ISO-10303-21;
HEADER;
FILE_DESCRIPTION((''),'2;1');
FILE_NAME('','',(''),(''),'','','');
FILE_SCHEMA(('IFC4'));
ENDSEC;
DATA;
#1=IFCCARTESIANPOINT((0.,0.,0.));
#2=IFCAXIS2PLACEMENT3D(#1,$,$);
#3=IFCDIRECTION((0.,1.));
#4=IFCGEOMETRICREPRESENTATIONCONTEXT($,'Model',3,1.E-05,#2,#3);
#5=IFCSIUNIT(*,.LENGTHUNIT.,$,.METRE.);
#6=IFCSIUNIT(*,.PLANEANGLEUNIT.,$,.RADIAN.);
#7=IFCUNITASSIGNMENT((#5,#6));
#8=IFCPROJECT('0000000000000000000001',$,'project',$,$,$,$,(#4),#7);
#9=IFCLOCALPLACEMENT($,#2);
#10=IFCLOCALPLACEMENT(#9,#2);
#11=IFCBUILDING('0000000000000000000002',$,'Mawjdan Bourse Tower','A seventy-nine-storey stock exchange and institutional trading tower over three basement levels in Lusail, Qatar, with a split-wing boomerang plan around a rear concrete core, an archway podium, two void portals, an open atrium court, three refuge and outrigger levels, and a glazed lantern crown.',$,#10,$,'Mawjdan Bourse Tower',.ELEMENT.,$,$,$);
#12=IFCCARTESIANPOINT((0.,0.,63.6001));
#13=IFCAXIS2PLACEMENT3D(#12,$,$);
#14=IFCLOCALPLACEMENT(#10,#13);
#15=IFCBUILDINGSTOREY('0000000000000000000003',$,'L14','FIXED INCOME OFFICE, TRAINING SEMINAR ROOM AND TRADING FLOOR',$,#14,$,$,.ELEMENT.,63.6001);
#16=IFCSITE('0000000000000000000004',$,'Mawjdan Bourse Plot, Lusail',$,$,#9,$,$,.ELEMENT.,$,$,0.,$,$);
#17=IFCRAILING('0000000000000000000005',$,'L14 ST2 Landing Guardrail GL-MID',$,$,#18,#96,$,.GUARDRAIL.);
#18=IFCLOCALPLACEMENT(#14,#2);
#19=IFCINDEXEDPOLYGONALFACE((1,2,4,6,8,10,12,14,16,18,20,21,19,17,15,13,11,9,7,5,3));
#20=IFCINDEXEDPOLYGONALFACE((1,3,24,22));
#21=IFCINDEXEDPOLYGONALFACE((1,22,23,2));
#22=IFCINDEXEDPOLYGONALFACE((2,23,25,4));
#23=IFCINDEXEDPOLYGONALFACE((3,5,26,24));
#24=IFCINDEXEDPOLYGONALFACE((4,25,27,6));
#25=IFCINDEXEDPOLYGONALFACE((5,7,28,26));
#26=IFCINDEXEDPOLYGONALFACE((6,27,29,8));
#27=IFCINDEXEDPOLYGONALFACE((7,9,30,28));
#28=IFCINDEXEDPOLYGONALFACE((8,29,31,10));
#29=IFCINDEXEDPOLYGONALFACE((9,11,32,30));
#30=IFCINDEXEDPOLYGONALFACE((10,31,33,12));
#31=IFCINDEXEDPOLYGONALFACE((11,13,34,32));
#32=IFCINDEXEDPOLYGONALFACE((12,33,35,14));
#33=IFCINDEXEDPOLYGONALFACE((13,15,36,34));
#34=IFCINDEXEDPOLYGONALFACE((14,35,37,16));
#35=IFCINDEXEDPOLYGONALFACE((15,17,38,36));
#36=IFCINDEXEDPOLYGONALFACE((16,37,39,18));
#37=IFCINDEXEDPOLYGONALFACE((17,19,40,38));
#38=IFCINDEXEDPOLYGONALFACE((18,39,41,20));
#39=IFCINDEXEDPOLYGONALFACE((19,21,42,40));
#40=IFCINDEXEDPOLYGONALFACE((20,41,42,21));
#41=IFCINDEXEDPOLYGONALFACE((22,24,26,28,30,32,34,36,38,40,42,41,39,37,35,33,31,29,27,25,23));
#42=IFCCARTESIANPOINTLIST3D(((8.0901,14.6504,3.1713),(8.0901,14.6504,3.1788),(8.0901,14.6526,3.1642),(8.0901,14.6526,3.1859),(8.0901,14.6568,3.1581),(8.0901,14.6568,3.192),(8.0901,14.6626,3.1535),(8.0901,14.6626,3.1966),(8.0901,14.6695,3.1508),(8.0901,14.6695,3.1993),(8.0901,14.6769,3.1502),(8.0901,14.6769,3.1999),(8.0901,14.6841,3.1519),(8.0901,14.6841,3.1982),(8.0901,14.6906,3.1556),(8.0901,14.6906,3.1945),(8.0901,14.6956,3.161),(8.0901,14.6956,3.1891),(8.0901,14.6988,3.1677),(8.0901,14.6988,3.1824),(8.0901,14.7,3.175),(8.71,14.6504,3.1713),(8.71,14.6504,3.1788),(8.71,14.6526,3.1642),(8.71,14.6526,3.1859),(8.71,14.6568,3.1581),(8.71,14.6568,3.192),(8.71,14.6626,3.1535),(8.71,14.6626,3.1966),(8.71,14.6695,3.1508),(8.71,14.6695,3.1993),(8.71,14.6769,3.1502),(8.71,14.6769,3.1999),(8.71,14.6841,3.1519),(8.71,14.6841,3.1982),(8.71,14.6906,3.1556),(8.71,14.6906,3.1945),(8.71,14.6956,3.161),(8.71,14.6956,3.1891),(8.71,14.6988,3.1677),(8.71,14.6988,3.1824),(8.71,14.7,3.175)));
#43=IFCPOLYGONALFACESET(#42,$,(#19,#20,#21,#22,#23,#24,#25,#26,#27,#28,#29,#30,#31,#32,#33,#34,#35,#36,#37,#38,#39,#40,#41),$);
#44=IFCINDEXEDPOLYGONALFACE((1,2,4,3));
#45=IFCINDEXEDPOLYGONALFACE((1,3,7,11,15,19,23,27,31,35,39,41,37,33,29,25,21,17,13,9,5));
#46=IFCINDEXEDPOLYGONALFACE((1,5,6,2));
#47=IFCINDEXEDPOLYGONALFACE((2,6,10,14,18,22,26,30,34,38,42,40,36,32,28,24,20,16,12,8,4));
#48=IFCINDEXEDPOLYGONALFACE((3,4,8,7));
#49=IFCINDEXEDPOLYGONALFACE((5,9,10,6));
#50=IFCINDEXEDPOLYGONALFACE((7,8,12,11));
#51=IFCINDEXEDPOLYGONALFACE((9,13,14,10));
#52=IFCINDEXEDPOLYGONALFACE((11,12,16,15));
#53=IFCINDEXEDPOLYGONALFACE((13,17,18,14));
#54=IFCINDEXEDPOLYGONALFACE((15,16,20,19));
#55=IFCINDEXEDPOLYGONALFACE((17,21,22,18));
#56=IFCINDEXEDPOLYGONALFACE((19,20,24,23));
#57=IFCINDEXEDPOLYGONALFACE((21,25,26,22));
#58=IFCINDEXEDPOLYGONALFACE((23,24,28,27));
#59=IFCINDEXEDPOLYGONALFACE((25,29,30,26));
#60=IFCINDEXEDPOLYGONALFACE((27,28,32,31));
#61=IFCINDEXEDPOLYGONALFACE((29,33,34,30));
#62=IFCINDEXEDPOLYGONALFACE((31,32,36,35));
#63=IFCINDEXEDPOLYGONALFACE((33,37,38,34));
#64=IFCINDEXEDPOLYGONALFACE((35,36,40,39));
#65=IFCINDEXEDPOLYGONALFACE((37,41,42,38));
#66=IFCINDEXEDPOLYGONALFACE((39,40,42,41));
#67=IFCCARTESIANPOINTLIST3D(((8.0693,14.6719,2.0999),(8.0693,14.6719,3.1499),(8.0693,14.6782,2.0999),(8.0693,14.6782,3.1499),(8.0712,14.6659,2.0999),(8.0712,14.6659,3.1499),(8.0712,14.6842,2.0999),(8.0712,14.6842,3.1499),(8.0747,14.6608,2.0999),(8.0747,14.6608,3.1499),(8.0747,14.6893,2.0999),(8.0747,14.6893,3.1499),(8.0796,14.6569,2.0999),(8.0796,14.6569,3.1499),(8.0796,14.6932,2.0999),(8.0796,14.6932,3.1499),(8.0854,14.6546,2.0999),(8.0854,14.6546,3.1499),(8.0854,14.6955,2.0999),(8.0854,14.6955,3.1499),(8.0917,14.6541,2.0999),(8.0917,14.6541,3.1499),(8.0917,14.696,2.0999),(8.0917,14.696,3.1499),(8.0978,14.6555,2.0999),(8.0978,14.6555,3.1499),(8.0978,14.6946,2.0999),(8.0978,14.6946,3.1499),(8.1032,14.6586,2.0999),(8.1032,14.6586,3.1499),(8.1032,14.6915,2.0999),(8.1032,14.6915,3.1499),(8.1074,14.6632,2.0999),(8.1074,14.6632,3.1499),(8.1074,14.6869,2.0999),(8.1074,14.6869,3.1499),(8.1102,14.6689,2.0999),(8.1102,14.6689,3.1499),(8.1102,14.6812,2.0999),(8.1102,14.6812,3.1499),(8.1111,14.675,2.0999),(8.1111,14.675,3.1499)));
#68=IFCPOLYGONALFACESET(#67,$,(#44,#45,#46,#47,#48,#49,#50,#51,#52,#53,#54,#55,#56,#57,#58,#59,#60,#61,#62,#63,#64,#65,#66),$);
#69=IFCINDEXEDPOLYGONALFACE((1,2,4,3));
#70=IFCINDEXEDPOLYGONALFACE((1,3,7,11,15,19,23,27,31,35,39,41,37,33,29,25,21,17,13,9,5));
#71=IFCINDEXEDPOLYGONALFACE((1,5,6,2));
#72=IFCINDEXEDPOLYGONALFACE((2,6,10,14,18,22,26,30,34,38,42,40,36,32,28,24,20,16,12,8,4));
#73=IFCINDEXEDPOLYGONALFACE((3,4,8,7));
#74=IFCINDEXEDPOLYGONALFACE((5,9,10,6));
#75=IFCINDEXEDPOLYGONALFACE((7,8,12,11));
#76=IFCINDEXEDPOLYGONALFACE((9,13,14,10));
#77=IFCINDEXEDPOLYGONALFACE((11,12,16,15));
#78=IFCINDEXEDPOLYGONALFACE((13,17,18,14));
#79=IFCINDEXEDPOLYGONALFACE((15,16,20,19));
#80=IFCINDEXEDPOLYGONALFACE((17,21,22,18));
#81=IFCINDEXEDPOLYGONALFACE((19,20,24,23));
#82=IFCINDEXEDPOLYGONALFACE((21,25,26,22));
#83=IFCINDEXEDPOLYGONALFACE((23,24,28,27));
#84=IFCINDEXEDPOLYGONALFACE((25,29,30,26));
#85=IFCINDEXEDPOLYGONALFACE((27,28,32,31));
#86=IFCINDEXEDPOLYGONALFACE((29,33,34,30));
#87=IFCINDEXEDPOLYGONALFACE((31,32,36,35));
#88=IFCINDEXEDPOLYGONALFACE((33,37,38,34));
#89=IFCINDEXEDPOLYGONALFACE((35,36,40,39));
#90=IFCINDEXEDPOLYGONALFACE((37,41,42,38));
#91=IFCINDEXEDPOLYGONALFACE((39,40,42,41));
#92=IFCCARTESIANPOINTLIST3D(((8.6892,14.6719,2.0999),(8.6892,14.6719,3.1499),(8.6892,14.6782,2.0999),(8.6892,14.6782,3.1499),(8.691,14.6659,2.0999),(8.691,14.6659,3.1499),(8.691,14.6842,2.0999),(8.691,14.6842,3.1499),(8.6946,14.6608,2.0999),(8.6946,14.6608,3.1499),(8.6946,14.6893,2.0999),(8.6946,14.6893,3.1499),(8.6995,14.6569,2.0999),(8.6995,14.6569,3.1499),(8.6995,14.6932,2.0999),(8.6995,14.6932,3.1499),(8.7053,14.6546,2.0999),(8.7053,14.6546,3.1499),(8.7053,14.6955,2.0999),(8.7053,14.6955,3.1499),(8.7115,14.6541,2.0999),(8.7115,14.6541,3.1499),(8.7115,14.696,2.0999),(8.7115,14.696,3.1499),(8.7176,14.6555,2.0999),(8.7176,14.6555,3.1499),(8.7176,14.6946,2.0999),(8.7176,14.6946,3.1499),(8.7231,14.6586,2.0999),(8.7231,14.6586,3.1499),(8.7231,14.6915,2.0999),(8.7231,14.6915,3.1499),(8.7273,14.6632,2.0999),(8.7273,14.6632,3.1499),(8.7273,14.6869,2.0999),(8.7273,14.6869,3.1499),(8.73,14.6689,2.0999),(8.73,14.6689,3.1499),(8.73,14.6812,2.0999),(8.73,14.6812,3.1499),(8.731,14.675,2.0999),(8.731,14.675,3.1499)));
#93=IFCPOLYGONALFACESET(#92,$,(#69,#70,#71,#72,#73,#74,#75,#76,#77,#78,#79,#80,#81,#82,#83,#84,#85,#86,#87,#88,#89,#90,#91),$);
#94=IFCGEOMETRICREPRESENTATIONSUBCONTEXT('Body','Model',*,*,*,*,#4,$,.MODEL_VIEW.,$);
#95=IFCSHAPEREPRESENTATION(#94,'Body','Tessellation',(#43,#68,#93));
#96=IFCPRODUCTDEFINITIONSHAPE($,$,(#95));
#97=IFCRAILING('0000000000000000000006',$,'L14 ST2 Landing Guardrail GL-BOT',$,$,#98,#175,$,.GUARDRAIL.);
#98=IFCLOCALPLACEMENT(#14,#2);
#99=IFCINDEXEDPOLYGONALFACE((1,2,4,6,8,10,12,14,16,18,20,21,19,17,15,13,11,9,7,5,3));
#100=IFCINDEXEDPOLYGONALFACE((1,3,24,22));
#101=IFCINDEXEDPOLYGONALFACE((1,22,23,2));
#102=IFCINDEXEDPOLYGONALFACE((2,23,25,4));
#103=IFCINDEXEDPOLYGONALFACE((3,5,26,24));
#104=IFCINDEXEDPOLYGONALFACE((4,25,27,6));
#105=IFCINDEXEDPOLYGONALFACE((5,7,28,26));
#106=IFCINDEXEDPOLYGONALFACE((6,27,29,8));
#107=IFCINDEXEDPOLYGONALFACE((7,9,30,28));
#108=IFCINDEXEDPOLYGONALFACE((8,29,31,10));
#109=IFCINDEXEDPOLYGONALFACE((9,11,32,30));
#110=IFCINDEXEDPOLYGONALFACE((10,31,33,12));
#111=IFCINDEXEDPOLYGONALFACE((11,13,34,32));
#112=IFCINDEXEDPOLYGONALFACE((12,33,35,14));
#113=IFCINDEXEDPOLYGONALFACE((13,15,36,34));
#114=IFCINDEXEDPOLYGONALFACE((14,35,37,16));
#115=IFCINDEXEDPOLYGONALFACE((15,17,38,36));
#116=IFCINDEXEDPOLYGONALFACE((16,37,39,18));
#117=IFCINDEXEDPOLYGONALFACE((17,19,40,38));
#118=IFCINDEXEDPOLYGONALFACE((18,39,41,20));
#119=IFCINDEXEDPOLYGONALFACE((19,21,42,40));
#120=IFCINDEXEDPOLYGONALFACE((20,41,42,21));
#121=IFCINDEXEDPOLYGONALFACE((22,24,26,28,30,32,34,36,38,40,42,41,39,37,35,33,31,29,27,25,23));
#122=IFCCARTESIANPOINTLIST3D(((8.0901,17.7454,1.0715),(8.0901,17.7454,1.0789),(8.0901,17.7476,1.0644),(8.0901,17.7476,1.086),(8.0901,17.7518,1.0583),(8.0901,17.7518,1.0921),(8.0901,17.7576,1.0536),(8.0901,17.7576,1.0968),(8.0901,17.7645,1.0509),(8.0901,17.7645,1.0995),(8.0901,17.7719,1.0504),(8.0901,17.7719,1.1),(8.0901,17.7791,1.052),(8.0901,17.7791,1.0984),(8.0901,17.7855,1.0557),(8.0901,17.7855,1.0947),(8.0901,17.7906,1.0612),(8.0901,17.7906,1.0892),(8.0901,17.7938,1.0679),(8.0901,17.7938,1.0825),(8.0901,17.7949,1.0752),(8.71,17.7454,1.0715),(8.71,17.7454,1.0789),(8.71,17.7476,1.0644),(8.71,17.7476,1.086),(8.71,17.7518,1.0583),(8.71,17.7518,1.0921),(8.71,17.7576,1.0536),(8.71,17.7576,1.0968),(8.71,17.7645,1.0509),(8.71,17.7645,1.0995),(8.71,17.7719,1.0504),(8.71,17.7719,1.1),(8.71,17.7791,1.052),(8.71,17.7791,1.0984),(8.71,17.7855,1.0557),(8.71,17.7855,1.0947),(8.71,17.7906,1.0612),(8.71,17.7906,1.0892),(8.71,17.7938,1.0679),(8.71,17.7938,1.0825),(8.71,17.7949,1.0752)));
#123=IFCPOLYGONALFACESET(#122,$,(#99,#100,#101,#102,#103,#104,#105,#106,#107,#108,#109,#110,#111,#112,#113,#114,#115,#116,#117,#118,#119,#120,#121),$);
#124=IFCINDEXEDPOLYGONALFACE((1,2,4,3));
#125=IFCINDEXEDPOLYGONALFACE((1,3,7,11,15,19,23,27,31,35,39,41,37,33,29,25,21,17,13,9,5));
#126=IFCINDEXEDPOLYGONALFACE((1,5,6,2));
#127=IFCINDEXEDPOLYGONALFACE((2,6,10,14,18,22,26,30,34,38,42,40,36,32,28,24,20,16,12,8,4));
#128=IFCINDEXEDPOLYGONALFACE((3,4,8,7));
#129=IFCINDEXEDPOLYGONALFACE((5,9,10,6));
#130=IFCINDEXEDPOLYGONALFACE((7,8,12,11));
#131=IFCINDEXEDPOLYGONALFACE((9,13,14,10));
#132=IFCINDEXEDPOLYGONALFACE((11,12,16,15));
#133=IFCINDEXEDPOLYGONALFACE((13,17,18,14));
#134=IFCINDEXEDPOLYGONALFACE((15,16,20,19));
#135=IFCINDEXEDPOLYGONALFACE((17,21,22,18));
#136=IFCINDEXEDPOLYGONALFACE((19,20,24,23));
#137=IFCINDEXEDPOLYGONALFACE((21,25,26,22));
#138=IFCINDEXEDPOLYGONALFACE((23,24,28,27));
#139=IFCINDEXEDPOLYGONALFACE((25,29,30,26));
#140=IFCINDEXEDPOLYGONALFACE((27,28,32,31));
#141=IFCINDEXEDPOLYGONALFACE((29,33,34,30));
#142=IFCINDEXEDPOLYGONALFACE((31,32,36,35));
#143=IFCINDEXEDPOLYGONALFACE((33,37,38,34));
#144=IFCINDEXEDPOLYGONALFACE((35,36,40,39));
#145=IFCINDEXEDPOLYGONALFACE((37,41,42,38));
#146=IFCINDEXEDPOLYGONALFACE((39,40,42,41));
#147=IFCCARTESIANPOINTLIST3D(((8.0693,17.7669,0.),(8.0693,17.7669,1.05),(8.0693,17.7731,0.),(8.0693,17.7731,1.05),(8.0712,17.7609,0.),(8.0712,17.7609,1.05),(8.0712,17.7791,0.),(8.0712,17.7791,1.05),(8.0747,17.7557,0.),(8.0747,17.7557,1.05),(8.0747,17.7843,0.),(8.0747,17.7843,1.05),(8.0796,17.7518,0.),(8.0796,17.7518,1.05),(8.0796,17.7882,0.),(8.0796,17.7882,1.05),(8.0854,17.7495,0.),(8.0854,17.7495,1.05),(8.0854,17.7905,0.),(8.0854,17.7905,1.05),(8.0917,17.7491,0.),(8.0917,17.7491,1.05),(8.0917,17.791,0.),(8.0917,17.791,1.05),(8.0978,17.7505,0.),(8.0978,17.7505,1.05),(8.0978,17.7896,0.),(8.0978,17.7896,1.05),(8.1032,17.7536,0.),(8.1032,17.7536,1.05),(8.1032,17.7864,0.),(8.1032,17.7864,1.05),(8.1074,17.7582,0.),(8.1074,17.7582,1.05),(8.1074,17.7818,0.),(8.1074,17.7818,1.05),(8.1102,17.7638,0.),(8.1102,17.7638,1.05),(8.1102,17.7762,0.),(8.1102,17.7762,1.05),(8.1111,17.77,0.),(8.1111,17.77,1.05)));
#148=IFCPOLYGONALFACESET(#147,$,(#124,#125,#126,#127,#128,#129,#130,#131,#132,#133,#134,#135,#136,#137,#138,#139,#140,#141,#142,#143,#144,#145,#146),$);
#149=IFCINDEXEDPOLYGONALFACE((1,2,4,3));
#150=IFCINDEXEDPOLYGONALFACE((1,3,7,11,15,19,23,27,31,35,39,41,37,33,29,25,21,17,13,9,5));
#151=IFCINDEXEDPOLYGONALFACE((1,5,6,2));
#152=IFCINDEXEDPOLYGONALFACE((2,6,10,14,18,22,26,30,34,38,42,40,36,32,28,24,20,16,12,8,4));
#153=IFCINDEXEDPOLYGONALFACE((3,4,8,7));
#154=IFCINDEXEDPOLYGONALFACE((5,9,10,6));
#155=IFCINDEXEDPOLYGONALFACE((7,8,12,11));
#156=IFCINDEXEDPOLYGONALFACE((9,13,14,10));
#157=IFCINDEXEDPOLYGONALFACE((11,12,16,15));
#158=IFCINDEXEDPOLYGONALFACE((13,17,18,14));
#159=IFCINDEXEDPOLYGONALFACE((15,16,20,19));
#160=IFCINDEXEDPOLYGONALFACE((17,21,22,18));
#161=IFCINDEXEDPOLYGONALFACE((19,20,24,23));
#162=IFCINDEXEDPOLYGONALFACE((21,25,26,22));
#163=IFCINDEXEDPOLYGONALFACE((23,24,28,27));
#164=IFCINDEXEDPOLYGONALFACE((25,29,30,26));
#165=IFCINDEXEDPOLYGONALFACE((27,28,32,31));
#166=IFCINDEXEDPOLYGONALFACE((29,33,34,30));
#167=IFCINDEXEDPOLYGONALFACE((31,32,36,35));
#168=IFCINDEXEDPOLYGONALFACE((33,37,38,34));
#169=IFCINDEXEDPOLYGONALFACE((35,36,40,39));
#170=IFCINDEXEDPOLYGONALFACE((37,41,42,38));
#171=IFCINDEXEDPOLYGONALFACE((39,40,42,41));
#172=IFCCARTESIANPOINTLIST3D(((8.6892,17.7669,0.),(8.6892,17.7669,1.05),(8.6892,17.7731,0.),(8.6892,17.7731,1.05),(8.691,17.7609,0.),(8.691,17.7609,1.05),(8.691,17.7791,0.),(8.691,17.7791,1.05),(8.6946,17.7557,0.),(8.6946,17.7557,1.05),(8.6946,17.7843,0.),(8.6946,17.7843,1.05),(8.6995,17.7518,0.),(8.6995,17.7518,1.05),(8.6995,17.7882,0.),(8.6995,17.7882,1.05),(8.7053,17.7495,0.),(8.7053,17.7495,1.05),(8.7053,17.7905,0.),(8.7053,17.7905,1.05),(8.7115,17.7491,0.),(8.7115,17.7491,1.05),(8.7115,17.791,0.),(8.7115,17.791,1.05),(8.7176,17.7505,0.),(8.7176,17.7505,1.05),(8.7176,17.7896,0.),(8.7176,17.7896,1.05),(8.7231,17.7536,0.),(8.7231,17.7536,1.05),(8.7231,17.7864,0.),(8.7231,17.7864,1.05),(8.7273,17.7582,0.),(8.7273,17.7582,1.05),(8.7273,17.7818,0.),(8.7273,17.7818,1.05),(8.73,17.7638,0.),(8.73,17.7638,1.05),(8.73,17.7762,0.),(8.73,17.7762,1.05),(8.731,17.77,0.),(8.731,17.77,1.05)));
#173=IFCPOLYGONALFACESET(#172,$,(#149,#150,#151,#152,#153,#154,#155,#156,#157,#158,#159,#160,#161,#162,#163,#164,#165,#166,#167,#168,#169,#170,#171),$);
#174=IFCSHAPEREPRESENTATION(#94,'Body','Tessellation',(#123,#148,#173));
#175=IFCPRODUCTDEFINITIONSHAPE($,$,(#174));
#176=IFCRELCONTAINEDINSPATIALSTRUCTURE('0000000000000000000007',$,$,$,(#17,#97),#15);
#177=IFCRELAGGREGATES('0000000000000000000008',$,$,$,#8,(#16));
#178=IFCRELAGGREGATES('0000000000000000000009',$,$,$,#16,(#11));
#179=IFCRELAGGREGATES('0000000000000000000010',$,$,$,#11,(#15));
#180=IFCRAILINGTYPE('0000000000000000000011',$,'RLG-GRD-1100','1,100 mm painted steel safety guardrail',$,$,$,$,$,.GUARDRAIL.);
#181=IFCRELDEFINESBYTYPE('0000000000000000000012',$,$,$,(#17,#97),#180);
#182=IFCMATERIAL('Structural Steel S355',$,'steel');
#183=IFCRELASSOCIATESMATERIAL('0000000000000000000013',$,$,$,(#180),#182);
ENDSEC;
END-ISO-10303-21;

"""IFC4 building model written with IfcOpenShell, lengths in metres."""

from ifc_helpers import new_model, si_unit, direction, frame, origin, origin_2d, place, context, subcontext, project, spatial, circle, extrude, material, type_object, element, save


model = new_model("IFC4")

# Units and contexts
model_context = context("Model", 3, precision=1e-05, world=origin(), true_north=direction((0.0, 1.0)))
body_context = subcontext(model_context, "Body", "Model", "MODEL_VIEW")
ifc_project = project(units=[si_unit("LENGTHUNIT", "METRE"), si_unit("PLANEANGLEUNIT", "RADIAN")], contexts=[model_context])

# Site, building, storey
site_placement = place(None, origin())
site = spatial("IfcSite", under=ifc_project, at=site_placement, Name="Mawjdan Bourse Plot, Lusail", CompositionType="ELEMENT", RefElevation=0.0)
building_placement = place(site_placement, origin())
building = spatial("IfcBuilding", under=site, at=building_placement, Name="Mawjdan Bourse Tower", Description="A seventy-nine-storey stock exchange and institutional trading tower over three basement levels in Lusail, Qatar, with a split-wing boomerang plan around a rear concrete core, an archway podium, two void portals, an open atrium court, three refuge and outrigger levels, and a glazed lantern crown.", LongName="Mawjdan Bourse Tower", CompositionType="ELEMENT")
storey_placement = place(building_placement, frame((0.0, 0.0, 63.6001)))
storey = spatial("IfcBuildingStorey", under=building, at=storey_placement, Name="L14", Description="FIXED INCOME OFFICE, TRAINING SEMINAR ROOM AND TRADING FLOOR", CompositionType="ELEMENT", Elevation=63.6001)

# Railings
ifc_material_1 = material(Name="Structural Steel S355", Category="steel")
railing_type_1 = type_object("IfcRailingType", Name="RLG-GRD-1100", Description="1,100 mm painted steel safety guardrail", PredefinedType="GUARDRAIL", material=ifc_material_1)
for number, where, name in (
    (1, (8.0901, 14.675, 2.0999), "L14 ST2 Landing Guardrail GL-MID"),
    (2, (8.0901, 17.77, 0.0), "L14 ST2 Landing Guardrail GL-BOT"),
):
    element("IfcRailing", number, at=place(storey_placement, frame(where)), inside=storey, type_object=railing_type_1, Name=name, PredefinedType="GUARDRAIL", context=body_context, shape_type="SweptSolid", body=[
        extrude(circle(Radius=0.0249, at=origin_2d()), frame((0.0, 0.0, 1.0752), z_axis=(1.0, 0.0, 0.0), x_axis=(0.0, 1.0, 0.0)), (0.0, 0.0, 1.0), 0.6199),
        extrude(circle(Radius=0.021, at=origin_2d()), origin(), (0.0, 0.0, 1.0), 1.05),
        extrude(circle(Radius=0.021, at=origin_2d()), frame((0.6199, 0.0, 0.0)), (0.0, 0.0, 1.0), 1.05),
    ])

save(model, "model.ifc")
